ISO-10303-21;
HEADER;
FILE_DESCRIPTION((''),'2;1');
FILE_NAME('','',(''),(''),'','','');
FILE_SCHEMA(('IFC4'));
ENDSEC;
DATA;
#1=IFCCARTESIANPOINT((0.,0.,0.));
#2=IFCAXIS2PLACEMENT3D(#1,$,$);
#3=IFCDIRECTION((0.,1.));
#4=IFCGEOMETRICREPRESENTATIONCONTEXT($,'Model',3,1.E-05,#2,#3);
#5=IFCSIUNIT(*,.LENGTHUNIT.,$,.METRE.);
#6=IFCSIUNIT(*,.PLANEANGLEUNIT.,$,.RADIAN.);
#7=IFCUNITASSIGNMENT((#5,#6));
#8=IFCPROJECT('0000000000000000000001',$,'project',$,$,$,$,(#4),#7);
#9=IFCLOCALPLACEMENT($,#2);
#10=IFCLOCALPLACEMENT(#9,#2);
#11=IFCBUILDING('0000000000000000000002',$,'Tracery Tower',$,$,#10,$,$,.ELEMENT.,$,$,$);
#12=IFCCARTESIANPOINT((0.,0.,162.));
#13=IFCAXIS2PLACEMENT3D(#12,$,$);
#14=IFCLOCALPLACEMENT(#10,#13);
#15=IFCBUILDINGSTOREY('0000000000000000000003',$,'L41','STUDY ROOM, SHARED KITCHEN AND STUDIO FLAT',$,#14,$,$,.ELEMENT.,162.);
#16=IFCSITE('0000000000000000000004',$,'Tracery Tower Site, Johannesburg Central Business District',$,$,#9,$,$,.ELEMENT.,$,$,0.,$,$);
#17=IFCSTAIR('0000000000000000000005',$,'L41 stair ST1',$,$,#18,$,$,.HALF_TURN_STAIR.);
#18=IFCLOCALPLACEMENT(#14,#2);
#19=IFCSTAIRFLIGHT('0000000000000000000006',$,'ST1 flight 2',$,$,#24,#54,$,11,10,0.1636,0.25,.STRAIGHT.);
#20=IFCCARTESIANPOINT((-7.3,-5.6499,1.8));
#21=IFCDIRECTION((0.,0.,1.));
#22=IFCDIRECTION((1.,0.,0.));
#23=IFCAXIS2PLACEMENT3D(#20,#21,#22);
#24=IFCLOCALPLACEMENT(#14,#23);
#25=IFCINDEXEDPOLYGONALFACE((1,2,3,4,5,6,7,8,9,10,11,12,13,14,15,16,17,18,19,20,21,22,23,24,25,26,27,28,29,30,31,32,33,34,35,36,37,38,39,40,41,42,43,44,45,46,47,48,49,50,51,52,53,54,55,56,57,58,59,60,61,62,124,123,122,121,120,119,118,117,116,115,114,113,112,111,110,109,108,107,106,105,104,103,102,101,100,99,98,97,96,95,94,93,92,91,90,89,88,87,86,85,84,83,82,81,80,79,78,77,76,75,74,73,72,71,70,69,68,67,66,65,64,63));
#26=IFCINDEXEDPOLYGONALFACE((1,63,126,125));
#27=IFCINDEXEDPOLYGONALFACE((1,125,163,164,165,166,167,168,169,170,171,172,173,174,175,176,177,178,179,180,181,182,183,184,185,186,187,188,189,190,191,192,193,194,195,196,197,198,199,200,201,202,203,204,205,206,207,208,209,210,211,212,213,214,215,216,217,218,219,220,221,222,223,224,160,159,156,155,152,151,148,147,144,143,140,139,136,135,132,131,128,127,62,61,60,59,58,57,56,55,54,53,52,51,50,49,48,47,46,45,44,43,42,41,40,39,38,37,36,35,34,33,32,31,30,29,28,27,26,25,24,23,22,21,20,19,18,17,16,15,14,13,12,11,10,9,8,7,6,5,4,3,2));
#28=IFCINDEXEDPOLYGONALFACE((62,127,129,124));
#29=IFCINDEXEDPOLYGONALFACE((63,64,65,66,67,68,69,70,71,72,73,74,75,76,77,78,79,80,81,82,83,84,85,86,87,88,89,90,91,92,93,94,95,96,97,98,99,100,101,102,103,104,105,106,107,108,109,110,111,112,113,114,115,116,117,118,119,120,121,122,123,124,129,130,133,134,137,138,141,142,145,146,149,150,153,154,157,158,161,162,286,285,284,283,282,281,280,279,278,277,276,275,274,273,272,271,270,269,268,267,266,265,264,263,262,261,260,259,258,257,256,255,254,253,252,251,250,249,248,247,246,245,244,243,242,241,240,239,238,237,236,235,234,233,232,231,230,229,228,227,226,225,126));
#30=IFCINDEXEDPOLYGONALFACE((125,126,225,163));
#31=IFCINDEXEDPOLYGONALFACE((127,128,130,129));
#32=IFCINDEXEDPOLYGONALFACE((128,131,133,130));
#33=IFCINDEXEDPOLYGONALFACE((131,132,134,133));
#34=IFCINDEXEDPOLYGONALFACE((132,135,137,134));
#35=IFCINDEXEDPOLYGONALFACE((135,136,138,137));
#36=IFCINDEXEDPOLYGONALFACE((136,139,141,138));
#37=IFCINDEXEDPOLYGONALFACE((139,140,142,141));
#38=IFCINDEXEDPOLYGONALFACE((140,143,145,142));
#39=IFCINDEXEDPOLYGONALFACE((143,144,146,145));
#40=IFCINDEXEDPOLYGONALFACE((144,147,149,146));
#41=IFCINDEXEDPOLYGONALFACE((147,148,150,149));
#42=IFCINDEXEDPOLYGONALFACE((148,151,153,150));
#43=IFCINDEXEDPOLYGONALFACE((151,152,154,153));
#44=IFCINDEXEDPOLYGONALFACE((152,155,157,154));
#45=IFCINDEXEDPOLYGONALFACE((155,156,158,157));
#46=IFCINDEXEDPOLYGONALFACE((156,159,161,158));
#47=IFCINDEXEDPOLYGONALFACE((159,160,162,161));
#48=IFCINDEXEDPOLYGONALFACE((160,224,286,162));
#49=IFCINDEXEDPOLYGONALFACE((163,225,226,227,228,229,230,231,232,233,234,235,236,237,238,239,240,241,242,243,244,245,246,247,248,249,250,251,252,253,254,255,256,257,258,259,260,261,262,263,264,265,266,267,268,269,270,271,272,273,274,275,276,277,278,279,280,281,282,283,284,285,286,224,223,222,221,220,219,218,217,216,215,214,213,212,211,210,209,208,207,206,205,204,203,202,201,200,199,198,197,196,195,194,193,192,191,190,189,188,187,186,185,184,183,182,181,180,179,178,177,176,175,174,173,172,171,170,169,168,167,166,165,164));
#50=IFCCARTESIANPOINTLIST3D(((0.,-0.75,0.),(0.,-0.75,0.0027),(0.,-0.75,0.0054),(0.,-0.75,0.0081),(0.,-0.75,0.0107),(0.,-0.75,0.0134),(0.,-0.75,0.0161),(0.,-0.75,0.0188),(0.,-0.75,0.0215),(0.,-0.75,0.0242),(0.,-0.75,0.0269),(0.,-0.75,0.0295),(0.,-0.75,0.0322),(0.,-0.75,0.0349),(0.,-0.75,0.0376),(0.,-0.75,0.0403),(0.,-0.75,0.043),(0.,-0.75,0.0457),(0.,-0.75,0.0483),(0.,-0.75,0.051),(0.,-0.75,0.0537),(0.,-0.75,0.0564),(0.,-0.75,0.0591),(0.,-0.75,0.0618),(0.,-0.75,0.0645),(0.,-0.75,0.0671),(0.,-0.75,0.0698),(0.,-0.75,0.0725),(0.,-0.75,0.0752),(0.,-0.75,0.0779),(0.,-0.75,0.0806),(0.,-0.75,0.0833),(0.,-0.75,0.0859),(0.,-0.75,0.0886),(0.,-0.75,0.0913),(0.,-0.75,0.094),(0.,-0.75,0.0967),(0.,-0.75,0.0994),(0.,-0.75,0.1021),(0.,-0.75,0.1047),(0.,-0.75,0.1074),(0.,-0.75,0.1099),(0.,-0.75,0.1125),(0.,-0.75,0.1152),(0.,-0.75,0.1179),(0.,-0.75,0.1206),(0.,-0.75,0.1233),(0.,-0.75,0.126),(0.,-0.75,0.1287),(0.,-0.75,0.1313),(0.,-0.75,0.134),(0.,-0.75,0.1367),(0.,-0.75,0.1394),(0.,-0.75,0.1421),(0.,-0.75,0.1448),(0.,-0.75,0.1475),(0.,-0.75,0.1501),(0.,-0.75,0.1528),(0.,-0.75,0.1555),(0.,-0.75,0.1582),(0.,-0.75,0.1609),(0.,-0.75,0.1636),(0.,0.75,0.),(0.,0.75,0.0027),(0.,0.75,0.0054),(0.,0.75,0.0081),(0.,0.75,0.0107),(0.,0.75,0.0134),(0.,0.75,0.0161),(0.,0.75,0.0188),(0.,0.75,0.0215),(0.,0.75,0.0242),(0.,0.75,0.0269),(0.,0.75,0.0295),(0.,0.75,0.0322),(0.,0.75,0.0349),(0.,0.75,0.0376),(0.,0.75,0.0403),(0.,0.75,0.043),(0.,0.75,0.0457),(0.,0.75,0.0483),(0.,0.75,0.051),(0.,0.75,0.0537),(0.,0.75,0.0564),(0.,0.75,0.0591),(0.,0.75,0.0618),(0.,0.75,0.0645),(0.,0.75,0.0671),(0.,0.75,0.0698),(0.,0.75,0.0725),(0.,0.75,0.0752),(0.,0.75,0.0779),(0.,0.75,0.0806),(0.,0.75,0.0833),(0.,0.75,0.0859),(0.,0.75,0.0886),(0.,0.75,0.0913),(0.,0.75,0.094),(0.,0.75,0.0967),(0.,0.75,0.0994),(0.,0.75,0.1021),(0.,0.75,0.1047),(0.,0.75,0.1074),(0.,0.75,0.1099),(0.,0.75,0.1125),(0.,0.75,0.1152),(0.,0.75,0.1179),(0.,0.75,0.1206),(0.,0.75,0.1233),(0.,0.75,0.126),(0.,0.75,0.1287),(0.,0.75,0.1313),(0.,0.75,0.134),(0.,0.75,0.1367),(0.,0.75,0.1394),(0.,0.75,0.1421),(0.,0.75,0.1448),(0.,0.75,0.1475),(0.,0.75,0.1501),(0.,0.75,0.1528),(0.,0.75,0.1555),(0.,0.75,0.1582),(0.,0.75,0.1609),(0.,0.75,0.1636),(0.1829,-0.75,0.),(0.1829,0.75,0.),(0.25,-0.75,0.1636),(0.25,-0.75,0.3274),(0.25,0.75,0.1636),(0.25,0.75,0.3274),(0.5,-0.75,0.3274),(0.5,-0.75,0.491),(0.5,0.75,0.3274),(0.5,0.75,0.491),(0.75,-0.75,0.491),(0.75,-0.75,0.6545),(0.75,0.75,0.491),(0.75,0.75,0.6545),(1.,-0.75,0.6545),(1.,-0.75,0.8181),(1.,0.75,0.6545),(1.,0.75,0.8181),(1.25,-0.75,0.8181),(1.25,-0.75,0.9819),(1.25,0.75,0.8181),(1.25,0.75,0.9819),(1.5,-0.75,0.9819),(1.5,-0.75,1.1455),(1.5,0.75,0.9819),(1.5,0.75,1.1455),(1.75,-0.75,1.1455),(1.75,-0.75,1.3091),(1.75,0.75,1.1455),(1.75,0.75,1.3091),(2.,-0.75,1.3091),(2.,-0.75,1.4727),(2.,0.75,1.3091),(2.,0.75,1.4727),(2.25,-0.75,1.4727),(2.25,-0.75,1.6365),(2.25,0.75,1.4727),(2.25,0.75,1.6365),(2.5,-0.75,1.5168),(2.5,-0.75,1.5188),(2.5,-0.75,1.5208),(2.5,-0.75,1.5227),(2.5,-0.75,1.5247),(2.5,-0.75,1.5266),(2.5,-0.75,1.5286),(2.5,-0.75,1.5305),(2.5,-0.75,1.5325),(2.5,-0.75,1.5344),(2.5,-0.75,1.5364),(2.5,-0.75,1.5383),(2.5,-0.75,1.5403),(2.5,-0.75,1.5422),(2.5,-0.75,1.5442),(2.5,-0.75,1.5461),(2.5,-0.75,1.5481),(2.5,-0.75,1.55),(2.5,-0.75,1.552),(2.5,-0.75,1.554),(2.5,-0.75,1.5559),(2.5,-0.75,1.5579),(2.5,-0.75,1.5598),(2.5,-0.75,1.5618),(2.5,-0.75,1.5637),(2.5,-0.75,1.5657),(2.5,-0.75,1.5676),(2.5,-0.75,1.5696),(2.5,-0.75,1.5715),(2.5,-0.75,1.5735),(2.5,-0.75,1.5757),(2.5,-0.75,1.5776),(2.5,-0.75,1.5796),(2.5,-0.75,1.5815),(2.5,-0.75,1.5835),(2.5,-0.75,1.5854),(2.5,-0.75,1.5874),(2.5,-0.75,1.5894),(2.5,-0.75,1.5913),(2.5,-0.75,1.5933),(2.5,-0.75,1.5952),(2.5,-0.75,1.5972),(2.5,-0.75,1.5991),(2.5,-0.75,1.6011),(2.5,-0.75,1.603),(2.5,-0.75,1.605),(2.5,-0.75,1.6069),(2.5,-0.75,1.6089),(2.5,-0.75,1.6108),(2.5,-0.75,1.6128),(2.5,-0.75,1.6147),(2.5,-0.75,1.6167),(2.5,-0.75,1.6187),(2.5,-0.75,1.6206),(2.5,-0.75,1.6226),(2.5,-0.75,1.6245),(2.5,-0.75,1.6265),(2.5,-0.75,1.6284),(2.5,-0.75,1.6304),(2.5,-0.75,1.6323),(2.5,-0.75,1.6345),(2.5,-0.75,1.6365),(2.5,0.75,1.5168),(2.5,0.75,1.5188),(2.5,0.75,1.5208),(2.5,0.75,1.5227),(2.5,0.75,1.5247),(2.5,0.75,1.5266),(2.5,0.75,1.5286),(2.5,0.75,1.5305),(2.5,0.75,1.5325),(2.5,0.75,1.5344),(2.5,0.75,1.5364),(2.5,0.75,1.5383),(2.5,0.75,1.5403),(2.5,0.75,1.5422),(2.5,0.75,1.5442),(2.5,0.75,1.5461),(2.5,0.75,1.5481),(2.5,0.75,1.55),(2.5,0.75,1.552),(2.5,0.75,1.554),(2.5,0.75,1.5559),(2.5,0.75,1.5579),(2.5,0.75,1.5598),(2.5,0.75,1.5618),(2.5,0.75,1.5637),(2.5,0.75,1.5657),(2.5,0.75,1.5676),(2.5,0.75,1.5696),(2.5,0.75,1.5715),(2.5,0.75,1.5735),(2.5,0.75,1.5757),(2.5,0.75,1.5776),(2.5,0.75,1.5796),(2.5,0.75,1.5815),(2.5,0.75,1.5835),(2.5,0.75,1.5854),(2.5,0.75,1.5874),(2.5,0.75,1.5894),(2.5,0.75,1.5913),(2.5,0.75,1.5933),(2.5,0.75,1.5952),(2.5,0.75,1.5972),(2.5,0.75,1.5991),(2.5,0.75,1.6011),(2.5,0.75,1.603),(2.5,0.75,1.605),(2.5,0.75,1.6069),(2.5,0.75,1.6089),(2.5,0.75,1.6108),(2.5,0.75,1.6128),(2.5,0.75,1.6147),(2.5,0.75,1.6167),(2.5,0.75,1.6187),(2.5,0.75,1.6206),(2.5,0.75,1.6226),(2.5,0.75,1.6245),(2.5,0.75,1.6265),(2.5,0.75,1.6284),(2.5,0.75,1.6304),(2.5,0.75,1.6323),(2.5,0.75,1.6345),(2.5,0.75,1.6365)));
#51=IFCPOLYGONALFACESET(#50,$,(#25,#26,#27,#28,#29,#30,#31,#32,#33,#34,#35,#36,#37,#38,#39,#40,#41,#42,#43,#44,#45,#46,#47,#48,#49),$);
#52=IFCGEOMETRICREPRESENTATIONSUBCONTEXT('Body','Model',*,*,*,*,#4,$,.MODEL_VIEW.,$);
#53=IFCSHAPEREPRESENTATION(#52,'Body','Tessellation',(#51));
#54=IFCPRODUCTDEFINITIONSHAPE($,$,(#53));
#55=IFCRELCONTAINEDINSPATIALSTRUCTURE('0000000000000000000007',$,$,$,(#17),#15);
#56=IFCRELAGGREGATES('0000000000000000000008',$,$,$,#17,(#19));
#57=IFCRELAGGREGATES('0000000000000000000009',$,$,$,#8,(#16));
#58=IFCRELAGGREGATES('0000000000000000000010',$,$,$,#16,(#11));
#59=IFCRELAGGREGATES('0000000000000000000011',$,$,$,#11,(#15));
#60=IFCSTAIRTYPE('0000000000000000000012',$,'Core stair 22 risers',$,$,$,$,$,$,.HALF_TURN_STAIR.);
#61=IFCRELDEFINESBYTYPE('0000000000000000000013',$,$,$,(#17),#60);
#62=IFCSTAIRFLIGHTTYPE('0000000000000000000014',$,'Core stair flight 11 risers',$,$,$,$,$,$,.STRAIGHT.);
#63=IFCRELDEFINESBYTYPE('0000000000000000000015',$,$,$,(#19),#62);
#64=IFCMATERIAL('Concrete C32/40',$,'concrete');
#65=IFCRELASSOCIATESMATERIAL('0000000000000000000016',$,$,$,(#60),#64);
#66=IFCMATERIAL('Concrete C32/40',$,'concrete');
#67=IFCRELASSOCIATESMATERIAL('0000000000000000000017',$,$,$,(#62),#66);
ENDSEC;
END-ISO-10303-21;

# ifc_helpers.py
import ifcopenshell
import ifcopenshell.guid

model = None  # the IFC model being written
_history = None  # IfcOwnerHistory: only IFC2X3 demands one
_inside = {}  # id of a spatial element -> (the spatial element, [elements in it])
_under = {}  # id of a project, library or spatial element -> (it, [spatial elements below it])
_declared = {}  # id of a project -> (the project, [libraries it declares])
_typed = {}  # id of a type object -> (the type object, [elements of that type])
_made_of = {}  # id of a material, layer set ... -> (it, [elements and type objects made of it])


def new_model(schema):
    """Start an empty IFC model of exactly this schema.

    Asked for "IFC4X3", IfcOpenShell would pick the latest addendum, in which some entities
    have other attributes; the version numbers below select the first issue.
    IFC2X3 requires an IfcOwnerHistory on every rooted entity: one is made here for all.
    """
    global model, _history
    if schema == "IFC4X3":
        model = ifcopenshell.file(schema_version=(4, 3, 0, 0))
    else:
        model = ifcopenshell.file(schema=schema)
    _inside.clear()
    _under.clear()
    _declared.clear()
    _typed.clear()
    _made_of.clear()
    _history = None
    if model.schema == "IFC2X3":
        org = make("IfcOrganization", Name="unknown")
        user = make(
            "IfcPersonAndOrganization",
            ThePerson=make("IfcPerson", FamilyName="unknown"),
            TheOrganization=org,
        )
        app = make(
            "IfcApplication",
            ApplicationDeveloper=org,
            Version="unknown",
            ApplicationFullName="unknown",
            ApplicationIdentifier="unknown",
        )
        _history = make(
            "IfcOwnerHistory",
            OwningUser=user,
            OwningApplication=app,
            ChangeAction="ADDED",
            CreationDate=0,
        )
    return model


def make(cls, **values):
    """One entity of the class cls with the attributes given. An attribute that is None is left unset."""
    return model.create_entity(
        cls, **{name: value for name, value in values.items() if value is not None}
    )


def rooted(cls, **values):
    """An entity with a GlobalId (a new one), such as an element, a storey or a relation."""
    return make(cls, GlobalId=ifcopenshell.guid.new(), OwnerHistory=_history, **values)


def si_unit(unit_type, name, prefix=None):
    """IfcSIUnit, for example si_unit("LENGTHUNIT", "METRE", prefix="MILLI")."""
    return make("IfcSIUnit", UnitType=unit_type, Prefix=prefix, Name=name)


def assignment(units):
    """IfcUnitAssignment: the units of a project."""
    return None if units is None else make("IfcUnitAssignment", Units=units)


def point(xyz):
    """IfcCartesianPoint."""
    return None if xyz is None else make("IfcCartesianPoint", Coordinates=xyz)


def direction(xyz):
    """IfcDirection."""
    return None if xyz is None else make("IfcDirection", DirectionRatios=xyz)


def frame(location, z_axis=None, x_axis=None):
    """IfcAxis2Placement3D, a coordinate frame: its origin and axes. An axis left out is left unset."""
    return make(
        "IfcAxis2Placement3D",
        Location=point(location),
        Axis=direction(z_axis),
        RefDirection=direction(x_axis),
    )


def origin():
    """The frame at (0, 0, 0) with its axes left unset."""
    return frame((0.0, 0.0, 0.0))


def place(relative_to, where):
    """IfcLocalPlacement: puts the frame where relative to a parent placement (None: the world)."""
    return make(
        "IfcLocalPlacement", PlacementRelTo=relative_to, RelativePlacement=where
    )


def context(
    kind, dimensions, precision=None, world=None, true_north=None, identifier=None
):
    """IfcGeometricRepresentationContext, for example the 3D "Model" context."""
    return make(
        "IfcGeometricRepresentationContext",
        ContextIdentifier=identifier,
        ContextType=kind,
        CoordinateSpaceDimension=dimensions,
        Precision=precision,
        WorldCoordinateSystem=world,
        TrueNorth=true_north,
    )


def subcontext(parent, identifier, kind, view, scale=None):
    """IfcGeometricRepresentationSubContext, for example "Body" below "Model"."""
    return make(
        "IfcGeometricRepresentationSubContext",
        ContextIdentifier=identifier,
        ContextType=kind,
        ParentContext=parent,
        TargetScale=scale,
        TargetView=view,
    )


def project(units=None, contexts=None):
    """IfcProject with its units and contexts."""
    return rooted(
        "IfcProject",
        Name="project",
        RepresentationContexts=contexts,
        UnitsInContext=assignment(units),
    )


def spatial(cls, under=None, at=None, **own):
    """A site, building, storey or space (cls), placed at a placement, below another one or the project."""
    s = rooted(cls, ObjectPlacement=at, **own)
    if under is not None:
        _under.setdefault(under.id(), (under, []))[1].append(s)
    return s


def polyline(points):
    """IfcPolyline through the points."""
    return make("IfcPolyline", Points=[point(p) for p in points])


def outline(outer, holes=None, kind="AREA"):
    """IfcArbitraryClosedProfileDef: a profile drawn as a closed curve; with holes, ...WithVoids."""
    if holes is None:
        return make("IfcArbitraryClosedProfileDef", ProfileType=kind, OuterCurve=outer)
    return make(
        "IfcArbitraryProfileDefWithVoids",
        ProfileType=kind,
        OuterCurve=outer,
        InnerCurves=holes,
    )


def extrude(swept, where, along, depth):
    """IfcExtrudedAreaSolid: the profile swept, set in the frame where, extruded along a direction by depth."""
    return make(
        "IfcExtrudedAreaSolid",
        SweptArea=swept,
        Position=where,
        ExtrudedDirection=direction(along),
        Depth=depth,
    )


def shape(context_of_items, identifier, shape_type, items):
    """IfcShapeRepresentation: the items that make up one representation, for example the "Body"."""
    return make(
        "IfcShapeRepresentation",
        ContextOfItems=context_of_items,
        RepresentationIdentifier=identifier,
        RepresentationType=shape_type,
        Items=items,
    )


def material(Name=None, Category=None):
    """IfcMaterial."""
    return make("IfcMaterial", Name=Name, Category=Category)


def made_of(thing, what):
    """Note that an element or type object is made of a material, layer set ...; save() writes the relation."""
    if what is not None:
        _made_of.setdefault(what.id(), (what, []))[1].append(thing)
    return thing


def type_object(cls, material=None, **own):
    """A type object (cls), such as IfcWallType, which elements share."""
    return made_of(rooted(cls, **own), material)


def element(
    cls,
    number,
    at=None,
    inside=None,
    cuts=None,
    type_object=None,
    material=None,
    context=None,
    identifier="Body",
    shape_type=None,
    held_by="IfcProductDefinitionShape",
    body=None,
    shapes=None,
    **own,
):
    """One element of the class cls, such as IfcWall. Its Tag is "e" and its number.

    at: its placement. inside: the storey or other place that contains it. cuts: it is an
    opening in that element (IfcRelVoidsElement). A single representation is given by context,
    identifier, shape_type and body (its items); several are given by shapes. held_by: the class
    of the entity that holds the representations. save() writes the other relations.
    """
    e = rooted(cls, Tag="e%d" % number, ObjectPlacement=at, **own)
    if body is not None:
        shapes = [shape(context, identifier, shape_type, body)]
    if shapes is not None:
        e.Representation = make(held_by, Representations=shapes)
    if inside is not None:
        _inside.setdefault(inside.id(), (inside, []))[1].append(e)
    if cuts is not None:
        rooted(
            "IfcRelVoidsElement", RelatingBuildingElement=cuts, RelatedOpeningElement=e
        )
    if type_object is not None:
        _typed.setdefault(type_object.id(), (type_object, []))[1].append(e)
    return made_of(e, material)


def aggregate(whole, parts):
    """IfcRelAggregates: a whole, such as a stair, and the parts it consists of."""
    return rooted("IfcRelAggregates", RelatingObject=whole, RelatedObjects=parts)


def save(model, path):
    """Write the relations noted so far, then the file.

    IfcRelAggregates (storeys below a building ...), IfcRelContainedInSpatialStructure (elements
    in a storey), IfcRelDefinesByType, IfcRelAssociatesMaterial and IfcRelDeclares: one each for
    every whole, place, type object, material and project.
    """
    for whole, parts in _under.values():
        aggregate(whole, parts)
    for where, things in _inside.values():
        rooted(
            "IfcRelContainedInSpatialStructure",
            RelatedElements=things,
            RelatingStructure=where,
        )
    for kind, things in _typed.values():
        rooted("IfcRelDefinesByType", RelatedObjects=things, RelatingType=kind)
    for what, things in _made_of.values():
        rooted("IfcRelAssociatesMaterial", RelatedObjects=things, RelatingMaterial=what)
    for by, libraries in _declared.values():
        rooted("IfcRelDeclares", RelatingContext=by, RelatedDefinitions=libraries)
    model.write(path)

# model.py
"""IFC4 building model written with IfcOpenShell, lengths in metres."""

from ifc_helpers import new_model, si_unit, direction, frame, origin, place, context, subcontext, project, spatial, polyline, outline, extrude, material, type_object, element, aggregate, save


model = new_model("IFC4")

# Units and contexts
model_context = context("Model", 3, precision=1e-05, world=origin(), true_north=direction((0.0, 1.0)))
body_context = subcontext(model_context, "Body", "Model", "MODEL_VIEW")
ifc_project = project(units=[si_unit("LENGTHUNIT", "METRE"), si_unit("PLANEANGLEUNIT", "RADIAN")], contexts=[model_context])

# Site, building, storey
site_placement = place(None, origin())
site = spatial("IfcSite", under=ifc_project, at=site_placement, Name="Tracery Tower Site, Johannesburg Central Business District", CompositionType="ELEMENT", RefElevation=0.0)
building_placement = place(site_placement, origin())
building = spatial("IfcBuilding", under=site, at=building_placement, Name="Tracery Tower", CompositionType="ELEMENT")
storey_placement = place(building_placement, frame((0.0, 0.0, 162.0)))
storey = spatial("IfcBuildingStorey", under=building, at=storey_placement, Name="L41", Description="STUDY ROOM, SHARED KITCHEN AND STUDIO FLAT", CompositionType="ELEMENT", Elevation=162.0)

# Stair, stair flight
ifc_material_1 = material(Name="Concrete C32/40", Category="concrete")
stair_type = type_object("IfcStairType", Name="Core stair 22 risers", PredefinedType="HALF_TURN_STAIR", material=ifc_material_1)
stair_placement = place(storey_placement, origin())
stair = element("IfcStair", 1, at=stair_placement, inside=storey, type_object=stair_type, Name="L41 stair ST1", PredefinedType="HALF_TURN_STAIR")
ifc_material_2 = material(Name="Concrete C32/40", Category="concrete")
stair_flight_type = type_object("IfcStairFlightType", Name="Core stair flight 11 risers", PredefinedType="STRAIGHT", material=ifc_material_2)
stair_flight_1_placement = place(storey_placement, frame((-7.3, -5.6499, 1.8), z_axis=(0.0, 0.0, 1.0), x_axis=(1.0, 0.0, 0.0)))
stair_flight_1 = element("IfcStairFlight", 2, at=stair_flight_1_placement, type_object=stair_flight_type, Name="ST1 flight 2", NumberOfRisers=11, NumberOfTreads=10, PredefinedType="STRAIGHT", RiserHeight=0.1636, TreadLength=0.25, context=body_context, shape_type="SweptSolid", body=[
    extrude(outline(polyline([(0.0, 0.0), (0.0, 0.0027), (0.0, 0.0054), (0.0, 0.0081), (0.0, 0.0107), (0.0, 0.0134), (0.0, 0.0161), (0.0, 0.0188), (0.0, 0.0215), (0.0, 0.0242), (0.0, 0.0269), (0.0, 0.0295), (0.0, 0.0322), (0.0, 0.0349), (0.0, 0.0376), (0.0, 0.0403), (0.0, 0.043), (0.0, 0.0457), (0.0, 0.0483), (0.0, 0.051), (0.0, 0.0537), (0.0, 0.0564), (0.0, 0.0591), (0.0, 0.0618), (0.0, 0.0645), (0.0, 0.0671), (0.0, 0.0698), (0.0, 0.0725), (0.0, 0.0752), (0.0, 0.0779), (0.0, 0.0806), (0.0, 0.0833), (0.0, 0.0859), (0.0, 0.0886), (0.0, 0.0913), (0.0, 0.094), (0.0, 0.0967), (0.0, 0.0994), (0.0, 0.1021), (0.0, 0.1047), (0.0, 0.1074), (0.0, 0.1099), (0.0, 0.1125), (0.0, 0.1152), (0.0, 0.1179), (0.0, 0.1206), (0.0, 0.1233), (0.0, 0.126), (0.0, 0.1287), (0.0, 0.1313), (0.0, 0.134), (0.0, 0.1367), (0.0, 0.1394), (0.0, 0.1421), (0.0, 0.1448), (0.0, 0.1475), (0.0, 0.1501), (0.0, 0.1528), (0.0, 0.1555), (0.0, 0.1582), (0.0, 0.1609), (0.0, 0.1636), (0.25, 0.1636), (0.25, 0.3274), (0.5, 0.3274), (0.5, 0.491), (0.75, 0.491), (0.75, 0.6545), (1.0, 0.6545), (1.0, 0.8181), (1.25, 0.8181), (1.25, 0.9819), (1.5, 0.9819), (1.5, 1.1455), (1.75, 1.1455), (1.75, 1.3091), (2.0, 1.3091), (2.0, 1.4727), (2.25, 1.4727), (2.25, 1.6365), (2.5, 1.6365), (2.5, 1.6345), (2.5, 1.6323), (2.5, 1.6304), (2.5, 1.6284), (2.5, 1.6265), (2.5, 1.6245), (2.5, 1.6226), (2.5, 1.6206), (2.5, 1.6187), (2.5, 1.6167), (2.5, 1.6147), (2.5, 1.6128), (2.5, 1.6108), (2.5, 1.6089), (2.5, 1.6069), (2.5, 1.605), (2.5, 1.603), (2.5, 1.6011), (2.5, 1.5991), (2.5, 1.5972), (2.5, 1.5952), (2.5, 1.5933), (2.5, 1.5913), (2.5, 1.5894), (2.5, 1.5874), (2.5, 1.5854), (2.5, 1.5835), (2.5, 1.5815), (2.5, 1.5796), (2.5, 1.5776), (2.5, 1.5757), (2.5, 1.5735), (2.5, 1.5715), (2.5, 1.5696), (2.5, 1.5676), (2.5, 1.5657), (2.5, 1.5637), (2.5, 1.5618), (2.5, 1.5598), (2.5, 1.5579), (2.5, 1.5559), (2.5, 1.554), (2.5, 1.552), (2.5, 1.55), (2.5, 1.5481), (2.5, 1.5461), (2.5, 1.5442), (2.5, 1.5422), (2.5, 1.5403), (2.5, 1.5383), (2.5, 1.5364), (2.5, 1.5344), (2.5, 1.5325), (2.5, 1.5305), (2.5, 1.5286), (2.5, 1.5266), (2.5, 1.5247), (2.5, 1.5227), (2.5, 1.5208), (2.5, 1.5188), (2.5, 1.5168), (0.1829, 0.0), (0.0, 0.0)])), frame((0.0, 0.75, 0.0), z_axis=(0.0, -1.0, 0.0), x_axis=(1.0, 0.0, 0.0)), (0.0, 0.0, 1.0), 1.5),
])
aggregate(stair, [stair_flight_1])

save(model, "model.ifc")
